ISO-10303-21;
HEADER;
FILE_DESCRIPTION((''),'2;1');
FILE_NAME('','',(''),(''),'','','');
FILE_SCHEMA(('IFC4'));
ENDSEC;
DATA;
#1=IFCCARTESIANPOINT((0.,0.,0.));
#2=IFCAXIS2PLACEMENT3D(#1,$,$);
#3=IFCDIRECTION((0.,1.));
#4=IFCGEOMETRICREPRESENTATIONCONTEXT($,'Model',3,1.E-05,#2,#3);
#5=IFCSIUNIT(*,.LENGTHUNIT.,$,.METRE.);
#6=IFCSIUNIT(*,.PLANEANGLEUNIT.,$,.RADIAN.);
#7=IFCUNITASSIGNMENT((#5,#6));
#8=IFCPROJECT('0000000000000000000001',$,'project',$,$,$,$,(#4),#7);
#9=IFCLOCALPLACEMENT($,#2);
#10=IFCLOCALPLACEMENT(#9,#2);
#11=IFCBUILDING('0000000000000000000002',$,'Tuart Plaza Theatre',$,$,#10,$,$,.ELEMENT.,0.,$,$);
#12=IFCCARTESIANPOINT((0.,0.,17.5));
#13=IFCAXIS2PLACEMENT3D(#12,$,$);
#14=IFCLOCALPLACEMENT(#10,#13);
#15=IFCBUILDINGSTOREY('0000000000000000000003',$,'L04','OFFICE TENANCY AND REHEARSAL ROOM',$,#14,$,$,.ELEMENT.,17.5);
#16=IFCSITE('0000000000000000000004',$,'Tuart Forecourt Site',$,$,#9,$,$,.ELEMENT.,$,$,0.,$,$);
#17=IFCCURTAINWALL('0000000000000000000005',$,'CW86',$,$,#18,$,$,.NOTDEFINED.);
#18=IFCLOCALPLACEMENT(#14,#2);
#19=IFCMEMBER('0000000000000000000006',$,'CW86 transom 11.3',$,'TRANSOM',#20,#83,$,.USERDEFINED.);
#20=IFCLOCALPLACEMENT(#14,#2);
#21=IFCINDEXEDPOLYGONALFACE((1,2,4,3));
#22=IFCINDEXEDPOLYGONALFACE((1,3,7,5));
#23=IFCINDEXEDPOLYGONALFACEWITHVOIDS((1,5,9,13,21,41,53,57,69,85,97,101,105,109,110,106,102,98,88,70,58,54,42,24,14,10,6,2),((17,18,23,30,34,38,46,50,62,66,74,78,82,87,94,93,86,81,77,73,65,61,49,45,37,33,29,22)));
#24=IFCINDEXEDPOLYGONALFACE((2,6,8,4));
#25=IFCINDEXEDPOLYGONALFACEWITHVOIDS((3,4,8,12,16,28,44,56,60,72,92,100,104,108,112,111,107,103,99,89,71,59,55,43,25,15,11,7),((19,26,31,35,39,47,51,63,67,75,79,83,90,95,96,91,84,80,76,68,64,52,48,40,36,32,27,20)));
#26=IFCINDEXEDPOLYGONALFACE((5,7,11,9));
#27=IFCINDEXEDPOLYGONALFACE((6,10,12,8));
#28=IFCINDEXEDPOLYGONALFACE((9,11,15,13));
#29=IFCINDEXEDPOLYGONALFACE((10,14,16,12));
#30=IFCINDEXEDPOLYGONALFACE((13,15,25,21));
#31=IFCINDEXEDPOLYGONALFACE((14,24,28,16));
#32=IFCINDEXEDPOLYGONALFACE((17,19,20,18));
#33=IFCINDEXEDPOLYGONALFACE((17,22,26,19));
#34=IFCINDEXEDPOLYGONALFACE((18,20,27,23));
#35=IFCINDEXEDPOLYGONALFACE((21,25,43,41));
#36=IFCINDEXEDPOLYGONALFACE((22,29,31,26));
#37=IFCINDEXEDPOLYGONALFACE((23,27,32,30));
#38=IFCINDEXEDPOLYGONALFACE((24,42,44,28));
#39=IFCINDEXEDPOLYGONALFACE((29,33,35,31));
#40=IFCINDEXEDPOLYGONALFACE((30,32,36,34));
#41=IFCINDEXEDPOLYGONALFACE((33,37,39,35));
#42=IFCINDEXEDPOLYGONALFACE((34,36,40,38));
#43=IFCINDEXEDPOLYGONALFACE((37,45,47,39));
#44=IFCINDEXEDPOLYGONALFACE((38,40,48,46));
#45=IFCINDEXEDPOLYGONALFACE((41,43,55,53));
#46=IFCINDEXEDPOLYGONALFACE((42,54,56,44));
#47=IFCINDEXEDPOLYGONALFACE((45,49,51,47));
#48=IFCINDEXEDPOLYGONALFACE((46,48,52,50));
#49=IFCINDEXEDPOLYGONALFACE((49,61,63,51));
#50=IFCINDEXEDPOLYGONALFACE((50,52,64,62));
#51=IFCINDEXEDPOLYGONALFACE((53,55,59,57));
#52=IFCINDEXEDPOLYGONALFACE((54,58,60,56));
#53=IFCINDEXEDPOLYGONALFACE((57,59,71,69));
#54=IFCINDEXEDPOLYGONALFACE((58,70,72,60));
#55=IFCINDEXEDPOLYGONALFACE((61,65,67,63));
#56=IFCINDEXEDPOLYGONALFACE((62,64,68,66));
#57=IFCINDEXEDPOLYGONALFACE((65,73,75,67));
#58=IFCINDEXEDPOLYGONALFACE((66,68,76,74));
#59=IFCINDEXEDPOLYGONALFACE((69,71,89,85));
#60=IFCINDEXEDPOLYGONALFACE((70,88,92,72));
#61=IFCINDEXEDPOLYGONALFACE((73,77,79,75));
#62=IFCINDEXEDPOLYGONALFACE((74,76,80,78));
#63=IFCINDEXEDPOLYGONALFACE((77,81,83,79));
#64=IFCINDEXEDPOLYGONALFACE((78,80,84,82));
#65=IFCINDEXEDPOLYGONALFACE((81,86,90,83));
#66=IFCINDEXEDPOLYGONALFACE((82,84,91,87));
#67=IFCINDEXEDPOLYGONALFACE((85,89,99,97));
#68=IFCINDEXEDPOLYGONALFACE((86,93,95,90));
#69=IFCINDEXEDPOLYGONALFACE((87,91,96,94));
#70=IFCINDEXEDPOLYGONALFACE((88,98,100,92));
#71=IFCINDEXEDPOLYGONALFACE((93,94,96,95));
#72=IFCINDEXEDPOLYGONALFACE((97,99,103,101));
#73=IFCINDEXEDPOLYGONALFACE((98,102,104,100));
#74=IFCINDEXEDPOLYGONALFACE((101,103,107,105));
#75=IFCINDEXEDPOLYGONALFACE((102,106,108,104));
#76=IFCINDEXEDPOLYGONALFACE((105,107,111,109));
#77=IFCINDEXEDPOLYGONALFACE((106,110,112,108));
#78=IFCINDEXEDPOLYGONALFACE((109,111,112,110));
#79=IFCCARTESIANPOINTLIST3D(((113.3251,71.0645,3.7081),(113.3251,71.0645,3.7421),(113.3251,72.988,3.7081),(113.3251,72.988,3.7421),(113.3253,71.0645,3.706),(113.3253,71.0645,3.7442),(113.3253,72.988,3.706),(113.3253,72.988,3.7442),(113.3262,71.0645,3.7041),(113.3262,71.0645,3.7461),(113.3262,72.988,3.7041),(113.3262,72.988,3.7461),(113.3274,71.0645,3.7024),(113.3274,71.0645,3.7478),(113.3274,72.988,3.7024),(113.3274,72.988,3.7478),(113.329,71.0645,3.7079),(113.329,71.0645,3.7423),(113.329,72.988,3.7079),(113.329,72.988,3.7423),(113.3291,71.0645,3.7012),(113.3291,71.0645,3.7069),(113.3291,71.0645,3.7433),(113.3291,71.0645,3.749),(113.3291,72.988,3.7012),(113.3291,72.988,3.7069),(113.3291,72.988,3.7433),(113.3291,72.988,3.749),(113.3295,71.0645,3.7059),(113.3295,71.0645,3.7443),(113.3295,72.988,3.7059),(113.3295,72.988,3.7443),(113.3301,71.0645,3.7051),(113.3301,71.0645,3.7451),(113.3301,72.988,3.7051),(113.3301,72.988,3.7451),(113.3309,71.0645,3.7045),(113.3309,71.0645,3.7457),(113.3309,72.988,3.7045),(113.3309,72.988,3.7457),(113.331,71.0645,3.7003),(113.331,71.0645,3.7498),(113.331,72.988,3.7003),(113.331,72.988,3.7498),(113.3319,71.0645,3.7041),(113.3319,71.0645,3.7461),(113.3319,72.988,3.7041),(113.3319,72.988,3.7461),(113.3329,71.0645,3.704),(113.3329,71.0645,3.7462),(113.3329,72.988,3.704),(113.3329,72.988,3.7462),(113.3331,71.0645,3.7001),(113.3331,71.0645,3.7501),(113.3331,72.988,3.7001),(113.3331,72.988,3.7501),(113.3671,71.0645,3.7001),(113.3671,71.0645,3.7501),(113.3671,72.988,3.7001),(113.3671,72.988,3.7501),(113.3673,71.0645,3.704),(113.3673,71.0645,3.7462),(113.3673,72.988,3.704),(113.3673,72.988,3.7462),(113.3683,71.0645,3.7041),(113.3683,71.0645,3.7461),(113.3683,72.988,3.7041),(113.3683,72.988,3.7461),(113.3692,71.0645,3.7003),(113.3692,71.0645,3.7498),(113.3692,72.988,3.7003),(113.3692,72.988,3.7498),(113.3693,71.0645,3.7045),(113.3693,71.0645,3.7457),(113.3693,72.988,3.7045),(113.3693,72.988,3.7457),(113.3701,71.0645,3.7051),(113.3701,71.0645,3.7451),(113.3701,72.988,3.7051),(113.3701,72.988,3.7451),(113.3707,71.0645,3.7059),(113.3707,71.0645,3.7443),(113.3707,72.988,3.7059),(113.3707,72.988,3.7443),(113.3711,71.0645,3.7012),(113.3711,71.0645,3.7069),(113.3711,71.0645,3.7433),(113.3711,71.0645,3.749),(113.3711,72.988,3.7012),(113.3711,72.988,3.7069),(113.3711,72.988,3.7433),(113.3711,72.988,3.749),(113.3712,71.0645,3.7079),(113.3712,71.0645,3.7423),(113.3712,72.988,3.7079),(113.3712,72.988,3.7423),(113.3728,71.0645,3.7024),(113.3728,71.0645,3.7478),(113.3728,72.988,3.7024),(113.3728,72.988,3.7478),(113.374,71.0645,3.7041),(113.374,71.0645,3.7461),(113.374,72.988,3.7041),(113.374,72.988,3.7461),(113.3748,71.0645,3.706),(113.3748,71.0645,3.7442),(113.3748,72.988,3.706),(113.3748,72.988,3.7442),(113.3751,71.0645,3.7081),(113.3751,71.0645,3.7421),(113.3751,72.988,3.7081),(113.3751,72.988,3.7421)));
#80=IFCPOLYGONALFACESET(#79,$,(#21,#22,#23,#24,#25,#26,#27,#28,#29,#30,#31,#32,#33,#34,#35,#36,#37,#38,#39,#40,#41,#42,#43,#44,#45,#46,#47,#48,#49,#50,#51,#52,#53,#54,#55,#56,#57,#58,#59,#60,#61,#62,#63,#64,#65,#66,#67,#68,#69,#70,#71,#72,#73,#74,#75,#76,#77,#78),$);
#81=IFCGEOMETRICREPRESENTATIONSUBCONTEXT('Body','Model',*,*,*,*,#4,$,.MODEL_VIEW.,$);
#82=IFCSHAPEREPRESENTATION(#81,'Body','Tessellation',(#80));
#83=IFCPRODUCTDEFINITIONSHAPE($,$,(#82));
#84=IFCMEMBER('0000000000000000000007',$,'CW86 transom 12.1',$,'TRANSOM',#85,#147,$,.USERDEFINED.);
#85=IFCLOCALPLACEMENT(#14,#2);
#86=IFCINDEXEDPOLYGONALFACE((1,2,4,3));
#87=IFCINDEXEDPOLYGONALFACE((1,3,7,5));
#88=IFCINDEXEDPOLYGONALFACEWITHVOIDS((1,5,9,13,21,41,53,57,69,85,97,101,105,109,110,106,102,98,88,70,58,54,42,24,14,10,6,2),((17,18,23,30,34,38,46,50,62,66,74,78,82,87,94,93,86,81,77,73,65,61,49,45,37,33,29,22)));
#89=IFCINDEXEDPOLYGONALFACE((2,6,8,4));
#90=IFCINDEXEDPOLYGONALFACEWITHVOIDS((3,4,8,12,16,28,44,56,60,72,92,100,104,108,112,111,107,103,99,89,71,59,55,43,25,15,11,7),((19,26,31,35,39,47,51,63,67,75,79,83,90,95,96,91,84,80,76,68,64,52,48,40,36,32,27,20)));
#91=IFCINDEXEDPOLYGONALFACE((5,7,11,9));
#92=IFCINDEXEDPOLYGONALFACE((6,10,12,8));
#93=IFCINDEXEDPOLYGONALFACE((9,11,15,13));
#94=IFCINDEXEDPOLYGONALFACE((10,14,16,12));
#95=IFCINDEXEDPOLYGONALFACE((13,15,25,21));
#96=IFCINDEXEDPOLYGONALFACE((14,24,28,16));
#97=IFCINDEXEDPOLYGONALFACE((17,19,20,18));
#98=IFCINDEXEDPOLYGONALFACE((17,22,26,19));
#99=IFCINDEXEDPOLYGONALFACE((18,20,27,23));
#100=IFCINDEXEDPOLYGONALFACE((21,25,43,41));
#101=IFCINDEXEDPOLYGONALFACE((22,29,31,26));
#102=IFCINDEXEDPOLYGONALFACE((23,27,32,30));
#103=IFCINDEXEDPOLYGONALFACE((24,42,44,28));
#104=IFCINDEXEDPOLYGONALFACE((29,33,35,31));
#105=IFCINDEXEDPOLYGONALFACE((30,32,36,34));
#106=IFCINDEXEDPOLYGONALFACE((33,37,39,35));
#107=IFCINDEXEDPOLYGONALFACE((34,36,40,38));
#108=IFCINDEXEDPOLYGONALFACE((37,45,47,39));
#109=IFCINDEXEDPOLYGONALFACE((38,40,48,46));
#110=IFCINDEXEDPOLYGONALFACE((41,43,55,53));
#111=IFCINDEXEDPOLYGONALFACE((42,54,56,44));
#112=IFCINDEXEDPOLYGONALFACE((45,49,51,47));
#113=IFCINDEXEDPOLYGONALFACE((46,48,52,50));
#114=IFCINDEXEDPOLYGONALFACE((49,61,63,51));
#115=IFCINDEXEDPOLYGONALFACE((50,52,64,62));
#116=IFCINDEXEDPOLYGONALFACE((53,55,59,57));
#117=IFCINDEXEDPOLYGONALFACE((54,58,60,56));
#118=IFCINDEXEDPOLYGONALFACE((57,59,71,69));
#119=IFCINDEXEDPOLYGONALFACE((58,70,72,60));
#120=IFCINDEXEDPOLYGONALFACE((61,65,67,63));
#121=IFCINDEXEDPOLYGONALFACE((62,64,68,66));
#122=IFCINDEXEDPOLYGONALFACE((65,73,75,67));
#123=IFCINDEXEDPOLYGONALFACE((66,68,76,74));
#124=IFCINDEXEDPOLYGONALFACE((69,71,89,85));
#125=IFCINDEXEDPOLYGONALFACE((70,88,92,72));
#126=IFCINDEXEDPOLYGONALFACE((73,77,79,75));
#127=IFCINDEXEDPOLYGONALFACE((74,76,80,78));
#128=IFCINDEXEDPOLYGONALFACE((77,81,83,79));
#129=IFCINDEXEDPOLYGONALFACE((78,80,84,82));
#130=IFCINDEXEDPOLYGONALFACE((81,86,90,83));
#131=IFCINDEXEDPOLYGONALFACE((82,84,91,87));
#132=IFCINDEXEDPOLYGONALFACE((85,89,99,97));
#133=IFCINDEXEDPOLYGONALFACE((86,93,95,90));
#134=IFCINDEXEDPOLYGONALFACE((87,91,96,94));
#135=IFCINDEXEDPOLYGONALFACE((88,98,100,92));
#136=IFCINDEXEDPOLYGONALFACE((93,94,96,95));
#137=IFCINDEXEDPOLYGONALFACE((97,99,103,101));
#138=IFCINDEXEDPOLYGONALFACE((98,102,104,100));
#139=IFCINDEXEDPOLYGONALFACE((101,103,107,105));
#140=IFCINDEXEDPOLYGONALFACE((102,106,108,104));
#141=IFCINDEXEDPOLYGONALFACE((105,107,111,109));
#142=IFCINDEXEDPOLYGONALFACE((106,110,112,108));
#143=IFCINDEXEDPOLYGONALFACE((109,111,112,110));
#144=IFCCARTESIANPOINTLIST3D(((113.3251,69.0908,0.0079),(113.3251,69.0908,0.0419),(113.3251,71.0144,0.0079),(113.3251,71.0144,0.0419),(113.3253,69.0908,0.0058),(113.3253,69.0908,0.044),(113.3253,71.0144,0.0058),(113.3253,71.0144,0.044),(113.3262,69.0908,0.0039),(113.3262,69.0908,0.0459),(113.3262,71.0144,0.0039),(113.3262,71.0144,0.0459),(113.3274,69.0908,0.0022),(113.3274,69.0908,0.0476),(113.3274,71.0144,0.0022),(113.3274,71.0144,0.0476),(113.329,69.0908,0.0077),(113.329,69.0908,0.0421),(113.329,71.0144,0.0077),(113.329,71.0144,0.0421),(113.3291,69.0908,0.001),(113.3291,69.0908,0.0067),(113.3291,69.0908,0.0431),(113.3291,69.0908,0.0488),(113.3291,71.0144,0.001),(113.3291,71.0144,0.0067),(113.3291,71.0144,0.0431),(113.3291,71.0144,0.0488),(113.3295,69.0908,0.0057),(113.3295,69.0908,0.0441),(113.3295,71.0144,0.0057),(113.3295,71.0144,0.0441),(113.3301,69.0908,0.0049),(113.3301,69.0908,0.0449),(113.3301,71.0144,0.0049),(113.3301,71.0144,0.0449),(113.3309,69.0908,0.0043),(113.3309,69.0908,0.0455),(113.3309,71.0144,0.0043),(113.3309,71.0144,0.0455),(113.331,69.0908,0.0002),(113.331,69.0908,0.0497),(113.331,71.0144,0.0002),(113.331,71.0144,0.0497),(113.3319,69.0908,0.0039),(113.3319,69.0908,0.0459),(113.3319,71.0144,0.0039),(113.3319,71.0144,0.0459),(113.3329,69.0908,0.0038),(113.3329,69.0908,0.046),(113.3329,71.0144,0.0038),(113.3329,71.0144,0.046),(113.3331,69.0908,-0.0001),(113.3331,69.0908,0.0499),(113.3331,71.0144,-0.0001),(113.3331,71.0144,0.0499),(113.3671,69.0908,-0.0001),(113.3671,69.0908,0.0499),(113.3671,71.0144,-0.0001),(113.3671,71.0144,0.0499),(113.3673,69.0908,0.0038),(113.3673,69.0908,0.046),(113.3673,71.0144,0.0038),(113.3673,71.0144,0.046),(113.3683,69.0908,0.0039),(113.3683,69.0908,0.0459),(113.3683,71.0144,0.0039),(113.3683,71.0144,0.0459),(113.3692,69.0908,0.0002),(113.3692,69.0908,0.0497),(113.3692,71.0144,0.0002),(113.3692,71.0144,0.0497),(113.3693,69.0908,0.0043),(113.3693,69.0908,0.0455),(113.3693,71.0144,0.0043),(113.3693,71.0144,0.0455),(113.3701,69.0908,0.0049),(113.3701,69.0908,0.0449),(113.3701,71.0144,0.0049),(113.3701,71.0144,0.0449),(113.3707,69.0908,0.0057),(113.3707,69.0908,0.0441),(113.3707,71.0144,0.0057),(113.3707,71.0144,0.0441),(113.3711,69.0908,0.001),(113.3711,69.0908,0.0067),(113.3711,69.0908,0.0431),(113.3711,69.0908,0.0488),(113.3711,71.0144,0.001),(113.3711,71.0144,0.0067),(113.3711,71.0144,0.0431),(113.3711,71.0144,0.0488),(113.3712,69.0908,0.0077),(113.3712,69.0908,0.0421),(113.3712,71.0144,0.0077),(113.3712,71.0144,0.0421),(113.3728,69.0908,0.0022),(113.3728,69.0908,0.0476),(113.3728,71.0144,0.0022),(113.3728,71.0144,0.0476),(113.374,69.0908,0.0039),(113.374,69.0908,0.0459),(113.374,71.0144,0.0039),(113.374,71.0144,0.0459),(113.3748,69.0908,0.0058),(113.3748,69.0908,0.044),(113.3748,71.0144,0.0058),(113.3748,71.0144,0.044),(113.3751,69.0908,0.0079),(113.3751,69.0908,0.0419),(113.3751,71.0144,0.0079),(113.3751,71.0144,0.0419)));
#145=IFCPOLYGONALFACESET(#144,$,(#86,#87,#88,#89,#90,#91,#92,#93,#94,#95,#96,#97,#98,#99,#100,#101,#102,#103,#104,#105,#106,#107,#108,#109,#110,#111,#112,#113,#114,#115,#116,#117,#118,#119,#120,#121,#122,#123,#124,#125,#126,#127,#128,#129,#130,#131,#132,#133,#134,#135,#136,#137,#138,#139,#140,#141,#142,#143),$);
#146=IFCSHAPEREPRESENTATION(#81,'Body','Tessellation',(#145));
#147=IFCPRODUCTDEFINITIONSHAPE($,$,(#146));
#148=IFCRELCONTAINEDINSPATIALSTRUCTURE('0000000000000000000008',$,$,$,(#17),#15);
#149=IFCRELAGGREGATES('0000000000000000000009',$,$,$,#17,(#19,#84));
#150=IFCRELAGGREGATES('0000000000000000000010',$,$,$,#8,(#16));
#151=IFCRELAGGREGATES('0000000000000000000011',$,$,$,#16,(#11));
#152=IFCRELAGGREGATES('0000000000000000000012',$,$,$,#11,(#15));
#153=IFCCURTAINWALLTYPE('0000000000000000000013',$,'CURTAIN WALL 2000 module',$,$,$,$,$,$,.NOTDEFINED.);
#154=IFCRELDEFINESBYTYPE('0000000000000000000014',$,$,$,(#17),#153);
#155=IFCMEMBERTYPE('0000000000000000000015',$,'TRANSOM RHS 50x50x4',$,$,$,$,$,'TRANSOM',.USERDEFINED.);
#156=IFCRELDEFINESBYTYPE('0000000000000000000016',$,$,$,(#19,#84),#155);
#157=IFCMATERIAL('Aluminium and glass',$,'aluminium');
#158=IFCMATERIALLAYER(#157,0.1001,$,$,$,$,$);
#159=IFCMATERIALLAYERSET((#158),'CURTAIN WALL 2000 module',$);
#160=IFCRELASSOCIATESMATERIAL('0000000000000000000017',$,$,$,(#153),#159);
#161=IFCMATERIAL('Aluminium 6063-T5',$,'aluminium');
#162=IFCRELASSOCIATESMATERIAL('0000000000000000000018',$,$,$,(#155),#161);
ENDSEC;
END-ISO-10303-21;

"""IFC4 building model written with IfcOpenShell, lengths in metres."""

from ifc_helpers import new_model, si_unit, direction, frame, origin, origin_2d, place, context, subcontext, project, spatial, hollow_rectangle, extrude, material, layer, layer_set, material_profile, profile_set, type_object, element, aggregate, save


model = new_model("IFC4")

# Units and contexts
model_context = context("Model", 3, precision=1e-05, world=origin(), true_north=direction((0.0, 1.0)))
body_context = subcontext(model_context, "Body", "Model", "MODEL_VIEW")
ifc_project = project(units=[si_unit("LENGTHUNIT", "METRE"), si_unit("PLANEANGLEUNIT", "RADIAN")], contexts=[model_context])

# Site, building, storey
site_placement = place(None, origin())
site = spatial("IfcSite", under=ifc_project, at=site_placement, Name="Tuart Forecourt Site", CompositionType="ELEMENT", RefElevation=0.0)
building_placement = place(site_placement, origin())
building = spatial("IfcBuilding", under=site, at=building_placement, Name="Tuart Plaza Theatre", CompositionType="ELEMENT", ElevationOfRefHeight=0.0)
storey_placement = place(building_placement, frame((0.0, 0.0, 17.5)))
storey = spatial("IfcBuildingStorey", under=building, at=storey_placement, Name="L04", Description="OFFICE TENANCY AND REHEARSAL ROOM", CompositionType="ELEMENT", Elevation=17.5)

# Curtain wall, members
ifc_material_1 = material(Name="Aluminium and glass", Category="aluminium")
ifc_layer_1 = layer(ifc_material_1, 0.1001)
ifc_layer_set_1 = layer_set([ifc_layer_1], Name="CURTAIN WALL 2000 module")
curtain_wall_type = type_object("IfcCurtainWallType", Name="CURTAIN WALL 2000 module", PredefinedType="NOTDEFINED", material=ifc_layer_set_1)
curtain_wall_placement = place(storey_placement, origin())
curtain_wall = element("IfcCurtainWall", 1, at=curtain_wall_placement, inside=storey, type_object=curtain_wall_type, Name="CW86", PredefinedType="NOTDEFINED")
ifc_material_2 = material(Name="Aluminium 6063-T5", Category="aluminium")
ifc_material_profile_1 = material_profile(ifc_material_2, hollow_rectangle(XDim=0.05, YDim=0.05, WallThickness=0.0039, InnerFilletRadius=0.0039, OuterFilletRadius=0.0081, at=origin_2d()), Name="RHS 50x50x4")
ifc_profile_set_1 = profile_set([ifc_material_profile_1], Name="Aluminium 6063-T5")
member_type_1 = type_object("IfcMemberType", Name="TRANSOM RHS 50x50x4", ElementType="TRANSOM", PredefinedType="USERDEFINED", material=ifc_profile_set_1)
member_1_placement = place(storey_placement, frame((113.3501, 72.988, 3.7251), z_axis=(0.0, -1.0, 0.0), x_axis=(1.0, 0.0, 0.0)))
member_1 = element("IfcMember", 2, at=member_1_placement, type_object=member_type_1, Name="CW86 transom 11.3", ObjectType="TRANSOM", PredefinedType="USERDEFINED", context=body_context, shape_type="SweptSolid", body=[
    extrude(hollow_rectangle(XDim=0.05, YDim=0.05, WallThickness=0.0039, InnerFilletRadius=0.0039, OuterFilletRadius=0.0081, at=origin_2d()), origin(), (0.0, 0.0, 1.0), 1.9236),
])
member_2_placement = place(storey_placement, frame((113.3501, 71.0144, 0.0249), z_axis=(0.0, -1.0, 0.0), x_axis=(1.0, 0.0, 0.0)))
member_2 = element("IfcMember", 3, at=member_2_placement, type_object=member_type_1, Name="CW86 transom 12.1", ObjectType="TRANSOM", PredefinedType="USERDEFINED", context=body_context, shape_type="SweptSolid", body=[
    extrude(hollow_rectangle(XDim=0.05, YDim=0.05, WallThickness=0.0039, InnerFilletRadius=0.0039, OuterFilletRadius=0.0081, at=origin_2d()), origin(), (0.0, 0.0, 1.0), 1.9236),
])
aggregate(curtain_wall, [member_1, member_2])

save(model, "model.ifc")
